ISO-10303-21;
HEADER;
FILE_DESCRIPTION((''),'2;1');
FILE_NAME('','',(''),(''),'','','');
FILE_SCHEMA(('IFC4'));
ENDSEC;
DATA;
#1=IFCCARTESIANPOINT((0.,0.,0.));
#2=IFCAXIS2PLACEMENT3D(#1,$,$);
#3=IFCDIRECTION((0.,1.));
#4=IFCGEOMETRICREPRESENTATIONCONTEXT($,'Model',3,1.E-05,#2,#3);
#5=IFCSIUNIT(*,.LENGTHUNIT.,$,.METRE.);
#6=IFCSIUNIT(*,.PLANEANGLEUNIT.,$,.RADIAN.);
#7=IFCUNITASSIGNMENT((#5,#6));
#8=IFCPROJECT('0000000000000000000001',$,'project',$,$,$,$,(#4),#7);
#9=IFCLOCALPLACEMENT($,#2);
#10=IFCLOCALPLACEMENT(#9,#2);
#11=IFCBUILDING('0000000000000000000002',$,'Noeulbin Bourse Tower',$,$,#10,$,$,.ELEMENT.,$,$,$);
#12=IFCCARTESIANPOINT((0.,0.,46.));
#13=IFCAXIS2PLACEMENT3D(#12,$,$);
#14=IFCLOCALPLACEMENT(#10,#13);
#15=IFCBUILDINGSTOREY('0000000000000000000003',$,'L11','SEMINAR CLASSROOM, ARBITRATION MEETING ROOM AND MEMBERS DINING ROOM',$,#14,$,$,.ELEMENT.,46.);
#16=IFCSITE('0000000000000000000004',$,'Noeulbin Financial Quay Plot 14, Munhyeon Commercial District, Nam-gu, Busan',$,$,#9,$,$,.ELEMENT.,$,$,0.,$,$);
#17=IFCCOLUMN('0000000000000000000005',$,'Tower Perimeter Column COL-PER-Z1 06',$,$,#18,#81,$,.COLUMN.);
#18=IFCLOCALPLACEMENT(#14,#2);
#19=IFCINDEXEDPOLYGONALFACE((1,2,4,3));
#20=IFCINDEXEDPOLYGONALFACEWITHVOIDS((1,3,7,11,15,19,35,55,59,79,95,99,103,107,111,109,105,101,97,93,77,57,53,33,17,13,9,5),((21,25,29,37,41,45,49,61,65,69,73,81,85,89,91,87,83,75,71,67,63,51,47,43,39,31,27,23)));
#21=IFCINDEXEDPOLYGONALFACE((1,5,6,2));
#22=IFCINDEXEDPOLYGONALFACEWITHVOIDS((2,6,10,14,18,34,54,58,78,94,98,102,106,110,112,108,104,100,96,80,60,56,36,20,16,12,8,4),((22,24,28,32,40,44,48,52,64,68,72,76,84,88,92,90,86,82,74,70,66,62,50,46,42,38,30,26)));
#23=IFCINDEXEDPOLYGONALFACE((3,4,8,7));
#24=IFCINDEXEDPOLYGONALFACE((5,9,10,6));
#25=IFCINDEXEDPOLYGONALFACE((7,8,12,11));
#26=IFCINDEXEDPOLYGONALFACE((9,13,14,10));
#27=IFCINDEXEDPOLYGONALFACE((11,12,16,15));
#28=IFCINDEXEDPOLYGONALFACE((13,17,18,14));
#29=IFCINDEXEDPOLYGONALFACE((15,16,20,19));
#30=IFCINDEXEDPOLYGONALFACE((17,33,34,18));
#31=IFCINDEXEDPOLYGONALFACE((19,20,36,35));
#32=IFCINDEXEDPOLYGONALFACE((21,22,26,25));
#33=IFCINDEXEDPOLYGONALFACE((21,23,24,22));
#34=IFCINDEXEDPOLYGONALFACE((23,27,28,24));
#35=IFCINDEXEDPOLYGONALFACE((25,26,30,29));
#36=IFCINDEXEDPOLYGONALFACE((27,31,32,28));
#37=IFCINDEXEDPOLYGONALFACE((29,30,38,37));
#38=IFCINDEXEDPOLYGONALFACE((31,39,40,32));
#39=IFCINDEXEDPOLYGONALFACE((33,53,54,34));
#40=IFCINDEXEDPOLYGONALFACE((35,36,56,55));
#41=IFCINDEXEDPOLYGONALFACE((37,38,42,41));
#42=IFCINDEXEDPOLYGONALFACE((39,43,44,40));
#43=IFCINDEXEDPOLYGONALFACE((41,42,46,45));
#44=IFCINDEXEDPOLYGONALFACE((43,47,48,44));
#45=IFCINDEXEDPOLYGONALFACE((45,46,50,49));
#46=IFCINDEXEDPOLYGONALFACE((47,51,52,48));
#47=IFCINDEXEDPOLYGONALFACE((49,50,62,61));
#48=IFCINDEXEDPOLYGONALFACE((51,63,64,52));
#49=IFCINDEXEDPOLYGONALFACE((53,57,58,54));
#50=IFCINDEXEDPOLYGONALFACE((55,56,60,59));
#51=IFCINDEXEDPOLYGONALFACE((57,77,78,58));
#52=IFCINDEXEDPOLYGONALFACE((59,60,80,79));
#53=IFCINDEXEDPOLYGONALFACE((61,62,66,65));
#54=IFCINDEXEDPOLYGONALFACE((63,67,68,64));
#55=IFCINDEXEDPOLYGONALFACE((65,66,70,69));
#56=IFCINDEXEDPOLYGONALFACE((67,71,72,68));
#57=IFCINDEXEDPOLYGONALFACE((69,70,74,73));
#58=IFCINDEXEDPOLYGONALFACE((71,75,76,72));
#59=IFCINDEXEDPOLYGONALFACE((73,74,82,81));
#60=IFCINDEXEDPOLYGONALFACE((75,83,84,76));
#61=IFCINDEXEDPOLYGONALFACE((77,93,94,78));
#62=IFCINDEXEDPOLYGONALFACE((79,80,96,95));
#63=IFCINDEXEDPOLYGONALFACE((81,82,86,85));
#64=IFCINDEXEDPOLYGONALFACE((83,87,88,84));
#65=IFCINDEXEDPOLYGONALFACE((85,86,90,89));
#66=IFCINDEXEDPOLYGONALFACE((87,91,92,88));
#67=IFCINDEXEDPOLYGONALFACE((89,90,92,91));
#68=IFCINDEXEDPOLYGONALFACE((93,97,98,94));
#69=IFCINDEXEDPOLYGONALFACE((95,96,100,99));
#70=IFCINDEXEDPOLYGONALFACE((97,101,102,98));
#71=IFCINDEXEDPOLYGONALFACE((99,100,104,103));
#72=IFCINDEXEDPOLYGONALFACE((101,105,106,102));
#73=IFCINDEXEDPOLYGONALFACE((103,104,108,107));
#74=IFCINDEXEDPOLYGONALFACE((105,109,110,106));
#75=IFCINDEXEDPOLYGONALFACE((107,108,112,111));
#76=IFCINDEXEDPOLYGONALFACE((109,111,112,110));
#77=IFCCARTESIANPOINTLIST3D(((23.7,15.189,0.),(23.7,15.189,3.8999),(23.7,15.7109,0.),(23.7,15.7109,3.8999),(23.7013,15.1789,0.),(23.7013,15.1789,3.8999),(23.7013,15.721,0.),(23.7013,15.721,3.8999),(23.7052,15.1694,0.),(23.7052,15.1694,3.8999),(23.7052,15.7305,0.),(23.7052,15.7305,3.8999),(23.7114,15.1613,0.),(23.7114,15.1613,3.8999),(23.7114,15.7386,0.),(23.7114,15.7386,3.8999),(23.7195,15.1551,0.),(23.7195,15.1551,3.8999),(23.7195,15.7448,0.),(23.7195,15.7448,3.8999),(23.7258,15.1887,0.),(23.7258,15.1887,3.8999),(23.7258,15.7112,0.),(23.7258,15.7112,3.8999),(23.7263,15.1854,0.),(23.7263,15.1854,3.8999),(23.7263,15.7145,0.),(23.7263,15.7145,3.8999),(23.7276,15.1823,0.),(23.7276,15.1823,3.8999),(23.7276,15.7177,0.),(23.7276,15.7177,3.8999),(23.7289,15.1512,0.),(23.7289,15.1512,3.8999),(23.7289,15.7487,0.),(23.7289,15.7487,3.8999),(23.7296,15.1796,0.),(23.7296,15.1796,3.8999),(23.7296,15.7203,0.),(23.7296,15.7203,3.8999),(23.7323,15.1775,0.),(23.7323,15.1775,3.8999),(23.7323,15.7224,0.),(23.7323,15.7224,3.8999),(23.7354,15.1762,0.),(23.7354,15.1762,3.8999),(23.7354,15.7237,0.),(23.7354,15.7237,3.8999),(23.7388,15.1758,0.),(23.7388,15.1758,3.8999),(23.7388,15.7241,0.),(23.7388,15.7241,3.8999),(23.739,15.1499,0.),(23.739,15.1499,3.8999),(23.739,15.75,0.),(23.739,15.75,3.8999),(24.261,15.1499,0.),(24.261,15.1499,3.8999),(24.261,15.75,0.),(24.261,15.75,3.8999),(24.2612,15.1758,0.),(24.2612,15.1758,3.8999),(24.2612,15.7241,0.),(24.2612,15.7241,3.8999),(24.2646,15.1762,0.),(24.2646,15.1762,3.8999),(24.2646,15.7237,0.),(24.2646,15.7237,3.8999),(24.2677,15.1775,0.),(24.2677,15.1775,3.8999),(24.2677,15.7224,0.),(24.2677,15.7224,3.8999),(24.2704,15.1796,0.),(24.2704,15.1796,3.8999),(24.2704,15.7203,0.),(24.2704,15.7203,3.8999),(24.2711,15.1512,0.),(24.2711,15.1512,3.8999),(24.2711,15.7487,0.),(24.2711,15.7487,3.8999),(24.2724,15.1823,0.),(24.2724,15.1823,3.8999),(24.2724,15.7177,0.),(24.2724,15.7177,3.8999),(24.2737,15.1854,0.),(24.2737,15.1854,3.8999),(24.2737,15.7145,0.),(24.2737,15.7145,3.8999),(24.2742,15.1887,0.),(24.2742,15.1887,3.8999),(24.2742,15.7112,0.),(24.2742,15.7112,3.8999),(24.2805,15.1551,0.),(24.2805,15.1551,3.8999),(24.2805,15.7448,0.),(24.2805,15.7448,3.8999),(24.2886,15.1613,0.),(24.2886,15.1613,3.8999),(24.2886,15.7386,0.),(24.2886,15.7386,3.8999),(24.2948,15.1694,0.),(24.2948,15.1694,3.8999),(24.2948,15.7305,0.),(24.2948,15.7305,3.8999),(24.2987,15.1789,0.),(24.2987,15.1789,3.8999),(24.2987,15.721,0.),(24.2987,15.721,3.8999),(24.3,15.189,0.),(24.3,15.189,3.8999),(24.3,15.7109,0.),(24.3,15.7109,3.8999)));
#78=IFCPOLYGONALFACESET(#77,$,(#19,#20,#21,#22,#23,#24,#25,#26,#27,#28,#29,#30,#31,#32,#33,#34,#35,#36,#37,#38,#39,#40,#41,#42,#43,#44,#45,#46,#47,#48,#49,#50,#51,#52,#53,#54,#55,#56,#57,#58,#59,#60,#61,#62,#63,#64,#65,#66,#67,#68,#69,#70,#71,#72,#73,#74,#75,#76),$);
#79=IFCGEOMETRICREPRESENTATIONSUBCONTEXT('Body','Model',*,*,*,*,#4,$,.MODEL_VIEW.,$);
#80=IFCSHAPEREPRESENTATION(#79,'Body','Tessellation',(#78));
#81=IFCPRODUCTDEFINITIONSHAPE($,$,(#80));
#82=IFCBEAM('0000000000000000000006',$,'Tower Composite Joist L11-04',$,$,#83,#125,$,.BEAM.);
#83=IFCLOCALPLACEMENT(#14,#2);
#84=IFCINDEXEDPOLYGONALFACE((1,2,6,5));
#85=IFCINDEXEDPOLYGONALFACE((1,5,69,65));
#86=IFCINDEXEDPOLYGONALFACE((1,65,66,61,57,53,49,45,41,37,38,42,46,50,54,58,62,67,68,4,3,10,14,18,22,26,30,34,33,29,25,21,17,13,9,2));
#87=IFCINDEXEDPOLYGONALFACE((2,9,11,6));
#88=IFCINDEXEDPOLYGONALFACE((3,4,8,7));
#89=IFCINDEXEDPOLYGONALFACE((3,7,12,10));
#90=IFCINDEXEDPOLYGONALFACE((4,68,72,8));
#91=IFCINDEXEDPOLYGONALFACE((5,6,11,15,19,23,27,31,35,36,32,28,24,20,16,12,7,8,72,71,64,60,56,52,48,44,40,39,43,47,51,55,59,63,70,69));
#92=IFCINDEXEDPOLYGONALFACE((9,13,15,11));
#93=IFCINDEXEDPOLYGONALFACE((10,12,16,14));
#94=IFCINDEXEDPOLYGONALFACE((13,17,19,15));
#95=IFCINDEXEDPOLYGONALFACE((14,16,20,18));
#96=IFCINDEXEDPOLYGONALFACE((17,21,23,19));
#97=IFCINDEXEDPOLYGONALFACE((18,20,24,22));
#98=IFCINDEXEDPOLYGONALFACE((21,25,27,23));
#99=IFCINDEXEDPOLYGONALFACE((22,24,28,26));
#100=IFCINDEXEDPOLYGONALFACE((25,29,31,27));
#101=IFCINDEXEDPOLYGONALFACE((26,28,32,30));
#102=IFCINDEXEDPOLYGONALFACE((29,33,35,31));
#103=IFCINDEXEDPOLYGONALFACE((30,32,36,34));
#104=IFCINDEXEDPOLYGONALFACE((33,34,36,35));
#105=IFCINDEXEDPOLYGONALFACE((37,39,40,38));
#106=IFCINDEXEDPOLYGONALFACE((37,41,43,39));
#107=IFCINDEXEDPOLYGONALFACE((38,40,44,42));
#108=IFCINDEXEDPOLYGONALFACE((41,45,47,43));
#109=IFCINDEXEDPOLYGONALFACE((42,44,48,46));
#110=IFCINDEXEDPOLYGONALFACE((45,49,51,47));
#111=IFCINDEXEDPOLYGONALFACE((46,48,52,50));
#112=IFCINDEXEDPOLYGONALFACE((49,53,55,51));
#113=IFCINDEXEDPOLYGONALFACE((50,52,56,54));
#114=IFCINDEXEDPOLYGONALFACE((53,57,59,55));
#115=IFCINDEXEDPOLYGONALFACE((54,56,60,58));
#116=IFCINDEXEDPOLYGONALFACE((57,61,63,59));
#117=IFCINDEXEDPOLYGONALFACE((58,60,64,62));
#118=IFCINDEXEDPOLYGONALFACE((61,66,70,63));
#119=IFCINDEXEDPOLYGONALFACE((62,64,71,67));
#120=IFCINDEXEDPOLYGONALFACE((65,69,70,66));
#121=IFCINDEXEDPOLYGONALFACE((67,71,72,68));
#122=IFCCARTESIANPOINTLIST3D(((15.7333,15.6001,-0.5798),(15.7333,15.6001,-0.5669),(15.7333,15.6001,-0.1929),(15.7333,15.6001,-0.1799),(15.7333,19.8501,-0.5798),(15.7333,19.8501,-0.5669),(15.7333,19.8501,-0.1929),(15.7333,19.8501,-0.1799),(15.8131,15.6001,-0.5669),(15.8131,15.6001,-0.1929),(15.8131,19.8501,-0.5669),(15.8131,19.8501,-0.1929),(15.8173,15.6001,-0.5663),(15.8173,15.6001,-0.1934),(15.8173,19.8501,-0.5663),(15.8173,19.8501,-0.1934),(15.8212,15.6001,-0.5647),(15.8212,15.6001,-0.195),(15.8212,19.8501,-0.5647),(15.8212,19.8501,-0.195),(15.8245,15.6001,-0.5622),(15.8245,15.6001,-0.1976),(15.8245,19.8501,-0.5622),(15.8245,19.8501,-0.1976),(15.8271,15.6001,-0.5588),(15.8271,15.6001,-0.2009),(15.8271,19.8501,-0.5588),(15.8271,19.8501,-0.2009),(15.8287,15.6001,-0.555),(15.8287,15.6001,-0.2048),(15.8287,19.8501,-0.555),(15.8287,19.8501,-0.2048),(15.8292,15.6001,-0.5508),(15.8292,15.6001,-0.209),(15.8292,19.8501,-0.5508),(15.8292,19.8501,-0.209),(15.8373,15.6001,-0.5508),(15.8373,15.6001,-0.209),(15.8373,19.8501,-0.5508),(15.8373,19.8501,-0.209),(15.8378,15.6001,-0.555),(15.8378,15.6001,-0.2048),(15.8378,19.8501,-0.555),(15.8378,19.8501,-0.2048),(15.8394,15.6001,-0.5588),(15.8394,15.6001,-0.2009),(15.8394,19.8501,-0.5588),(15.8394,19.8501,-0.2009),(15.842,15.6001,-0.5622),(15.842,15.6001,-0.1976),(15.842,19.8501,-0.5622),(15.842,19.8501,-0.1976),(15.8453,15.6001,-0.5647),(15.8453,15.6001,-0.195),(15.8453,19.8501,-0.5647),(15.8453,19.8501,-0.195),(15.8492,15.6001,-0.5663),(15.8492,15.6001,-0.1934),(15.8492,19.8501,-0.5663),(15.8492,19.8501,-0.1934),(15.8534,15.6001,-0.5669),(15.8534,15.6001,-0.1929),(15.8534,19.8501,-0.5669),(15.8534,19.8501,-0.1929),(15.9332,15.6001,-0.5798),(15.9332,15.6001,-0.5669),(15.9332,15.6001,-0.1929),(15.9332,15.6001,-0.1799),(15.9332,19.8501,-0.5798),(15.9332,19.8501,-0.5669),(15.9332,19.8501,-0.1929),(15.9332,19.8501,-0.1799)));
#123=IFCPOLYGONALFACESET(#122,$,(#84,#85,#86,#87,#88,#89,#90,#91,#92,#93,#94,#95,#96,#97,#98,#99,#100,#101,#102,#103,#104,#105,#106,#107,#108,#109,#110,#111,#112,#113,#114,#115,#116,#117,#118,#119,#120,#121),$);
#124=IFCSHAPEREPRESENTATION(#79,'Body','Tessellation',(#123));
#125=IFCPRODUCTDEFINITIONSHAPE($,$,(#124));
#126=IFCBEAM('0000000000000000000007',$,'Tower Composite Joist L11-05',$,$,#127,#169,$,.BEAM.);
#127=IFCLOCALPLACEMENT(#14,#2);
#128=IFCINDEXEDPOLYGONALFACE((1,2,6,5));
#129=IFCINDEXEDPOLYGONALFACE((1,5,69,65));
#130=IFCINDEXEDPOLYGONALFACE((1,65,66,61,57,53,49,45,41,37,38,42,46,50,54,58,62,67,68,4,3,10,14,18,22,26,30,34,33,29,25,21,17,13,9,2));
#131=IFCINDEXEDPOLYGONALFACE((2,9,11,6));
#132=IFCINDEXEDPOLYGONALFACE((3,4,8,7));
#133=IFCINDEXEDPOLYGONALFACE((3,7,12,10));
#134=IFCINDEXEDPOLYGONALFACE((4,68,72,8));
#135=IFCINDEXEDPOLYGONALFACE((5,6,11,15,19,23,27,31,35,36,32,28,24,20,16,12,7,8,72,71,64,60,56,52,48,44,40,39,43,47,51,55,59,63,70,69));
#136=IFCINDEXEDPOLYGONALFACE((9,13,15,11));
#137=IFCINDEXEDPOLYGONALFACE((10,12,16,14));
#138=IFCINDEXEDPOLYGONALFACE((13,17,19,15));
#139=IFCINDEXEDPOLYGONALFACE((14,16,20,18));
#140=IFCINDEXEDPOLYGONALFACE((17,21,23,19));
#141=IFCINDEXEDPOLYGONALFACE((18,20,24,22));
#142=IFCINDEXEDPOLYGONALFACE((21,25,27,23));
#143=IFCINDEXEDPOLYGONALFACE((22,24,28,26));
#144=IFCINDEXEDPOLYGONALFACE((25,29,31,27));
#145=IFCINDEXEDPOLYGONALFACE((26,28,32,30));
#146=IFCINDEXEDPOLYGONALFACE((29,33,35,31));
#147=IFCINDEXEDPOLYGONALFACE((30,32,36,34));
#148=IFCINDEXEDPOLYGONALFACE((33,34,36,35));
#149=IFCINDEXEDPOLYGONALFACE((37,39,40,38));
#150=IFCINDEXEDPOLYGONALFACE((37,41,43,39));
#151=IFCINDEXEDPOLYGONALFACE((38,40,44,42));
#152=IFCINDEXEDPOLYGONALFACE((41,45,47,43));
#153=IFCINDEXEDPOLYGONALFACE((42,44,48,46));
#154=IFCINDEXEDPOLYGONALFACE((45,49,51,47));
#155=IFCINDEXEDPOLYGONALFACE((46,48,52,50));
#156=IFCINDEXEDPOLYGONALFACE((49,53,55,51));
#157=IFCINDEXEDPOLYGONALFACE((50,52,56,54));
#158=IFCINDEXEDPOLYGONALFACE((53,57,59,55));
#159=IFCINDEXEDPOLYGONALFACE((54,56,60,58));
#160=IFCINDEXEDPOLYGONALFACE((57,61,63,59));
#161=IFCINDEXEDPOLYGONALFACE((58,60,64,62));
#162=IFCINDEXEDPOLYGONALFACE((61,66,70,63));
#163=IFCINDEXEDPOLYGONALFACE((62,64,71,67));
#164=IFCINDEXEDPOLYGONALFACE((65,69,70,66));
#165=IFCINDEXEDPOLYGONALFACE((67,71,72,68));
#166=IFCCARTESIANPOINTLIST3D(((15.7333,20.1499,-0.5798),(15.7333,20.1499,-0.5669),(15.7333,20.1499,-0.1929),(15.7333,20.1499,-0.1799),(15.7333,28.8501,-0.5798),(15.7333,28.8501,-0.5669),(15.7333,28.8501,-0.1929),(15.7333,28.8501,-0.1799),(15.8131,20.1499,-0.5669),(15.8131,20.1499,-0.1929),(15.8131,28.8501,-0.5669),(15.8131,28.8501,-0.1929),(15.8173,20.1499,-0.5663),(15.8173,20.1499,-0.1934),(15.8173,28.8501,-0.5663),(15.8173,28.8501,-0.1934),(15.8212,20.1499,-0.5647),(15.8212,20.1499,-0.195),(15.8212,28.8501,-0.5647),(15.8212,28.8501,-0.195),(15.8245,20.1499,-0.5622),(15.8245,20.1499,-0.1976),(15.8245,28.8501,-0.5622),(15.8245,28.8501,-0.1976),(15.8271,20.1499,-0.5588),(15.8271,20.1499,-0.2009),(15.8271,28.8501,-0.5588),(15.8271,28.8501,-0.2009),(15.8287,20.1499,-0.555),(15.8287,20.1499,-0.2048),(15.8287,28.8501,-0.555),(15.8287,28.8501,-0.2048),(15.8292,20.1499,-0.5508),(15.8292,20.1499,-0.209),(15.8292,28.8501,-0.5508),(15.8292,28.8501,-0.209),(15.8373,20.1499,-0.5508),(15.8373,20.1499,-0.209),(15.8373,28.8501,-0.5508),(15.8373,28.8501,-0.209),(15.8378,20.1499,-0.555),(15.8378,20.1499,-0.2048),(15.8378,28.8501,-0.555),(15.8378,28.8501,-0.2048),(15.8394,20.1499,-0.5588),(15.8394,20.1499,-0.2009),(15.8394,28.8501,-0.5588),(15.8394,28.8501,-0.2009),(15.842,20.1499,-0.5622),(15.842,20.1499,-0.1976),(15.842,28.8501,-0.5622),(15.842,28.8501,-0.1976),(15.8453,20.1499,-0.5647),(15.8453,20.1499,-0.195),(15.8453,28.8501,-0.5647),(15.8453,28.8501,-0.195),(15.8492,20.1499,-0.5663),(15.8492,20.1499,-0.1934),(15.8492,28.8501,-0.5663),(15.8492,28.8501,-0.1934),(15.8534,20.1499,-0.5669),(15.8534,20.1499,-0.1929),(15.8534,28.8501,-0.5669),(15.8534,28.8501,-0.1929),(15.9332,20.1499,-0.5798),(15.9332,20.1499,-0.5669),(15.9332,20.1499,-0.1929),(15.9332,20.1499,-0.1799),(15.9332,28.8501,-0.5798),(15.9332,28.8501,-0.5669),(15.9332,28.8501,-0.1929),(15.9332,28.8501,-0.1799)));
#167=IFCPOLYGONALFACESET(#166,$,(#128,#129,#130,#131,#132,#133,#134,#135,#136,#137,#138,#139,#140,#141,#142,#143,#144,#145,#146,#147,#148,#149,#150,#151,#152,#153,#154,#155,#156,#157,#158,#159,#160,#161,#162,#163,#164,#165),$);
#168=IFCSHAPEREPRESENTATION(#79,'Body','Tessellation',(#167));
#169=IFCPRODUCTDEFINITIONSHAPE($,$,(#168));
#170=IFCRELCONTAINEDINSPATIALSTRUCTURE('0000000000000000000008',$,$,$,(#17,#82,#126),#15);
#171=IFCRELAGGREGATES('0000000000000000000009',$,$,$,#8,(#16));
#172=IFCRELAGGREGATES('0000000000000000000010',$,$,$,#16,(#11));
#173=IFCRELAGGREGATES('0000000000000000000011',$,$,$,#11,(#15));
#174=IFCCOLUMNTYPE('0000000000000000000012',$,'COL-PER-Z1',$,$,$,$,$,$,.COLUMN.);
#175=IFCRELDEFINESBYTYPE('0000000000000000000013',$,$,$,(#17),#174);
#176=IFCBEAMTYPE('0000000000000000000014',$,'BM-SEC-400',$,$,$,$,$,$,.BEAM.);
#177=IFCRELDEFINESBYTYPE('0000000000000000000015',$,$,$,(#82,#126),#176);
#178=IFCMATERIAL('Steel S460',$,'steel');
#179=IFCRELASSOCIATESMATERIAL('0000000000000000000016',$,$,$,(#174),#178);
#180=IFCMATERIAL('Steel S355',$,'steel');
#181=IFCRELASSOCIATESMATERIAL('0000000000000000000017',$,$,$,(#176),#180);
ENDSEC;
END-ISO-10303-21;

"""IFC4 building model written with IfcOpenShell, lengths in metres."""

from ifc_helpers import new_model, si_unit, direction, frame, origin, origin_2d, place, context, subcontext, project, spatial, hollow_rectangle, i_section, extrude, material, material_profile, profile_set, type_object, element, save


model = new_model("IFC4")

# Units and contexts
model_context = context("Model", 3, precision=1e-05, world=origin(), true_north=direction((0.0, 1.0)))
body_context = subcontext(model_context, "Body", "Model", "MODEL_VIEW")
ifc_project = project(units=[si_unit("LENGTHUNIT", "METRE"), si_unit("PLANEANGLEUNIT", "RADIAN")], contexts=[model_context])

# Site, building, storey
site_placement = place(None, origin())
site = spatial("IfcSite", under=ifc_project, at=site_placement, Name="Noeulbin Financial Quay Plot 14, Munhyeon Commercial District, Nam-gu, Busan", CompositionType="ELEMENT", RefElevation=0.0)
building_placement = place(site_placement, origin())
building = spatial("IfcBuilding", under=site, at=building_placement, Name="Noeulbin Bourse Tower", CompositionType="ELEMENT")
storey_placement = place(building_placement, frame((0.0, 0.0, 46.0)))
storey = spatial("IfcBuildingStorey", under=building, at=storey_placement, Name="L11", Description="SEMINAR CLASSROOM, ARBITRATION MEETING ROOM AND MEMBERS DINING ROOM", CompositionType="ELEMENT", Elevation=46.0)

# Column
ifc_material_1 = material(Name="Steel S460", Category="steel")
ifc_material_profile_1 = material_profile(ifc_material_1, hollow_rectangle(XDim=0.6001, YDim=0.6001, WallThickness=0.0259, InnerFilletRadius=0.0129, OuterFilletRadius=0.0391, at=origin_2d()), Name="BOX-600x600x26", Category="LoadBearing")
ifc_profile_set_1 = profile_set([ifc_material_profile_1], Name="Steel S460")
column_type = type_object("IfcColumnType", Name="COL-PER-Z1", PredefinedType="COLUMN", material=ifc_profile_set_1)
column_placement = place(storey_placement, frame((24.0, 15.45, 0.0), z_axis=(0.0, 0.0, 1.0), x_axis=(1.0, 0.0, 0.0)))
element("IfcColumn", 1, at=column_placement, inside=storey, type_object=column_type, Name="Tower Perimeter Column COL-PER-Z1 06", PredefinedType="COLUMN", context=body_context, shape_type="SweptSolid", body=[
    extrude(hollow_rectangle(XDim=0.6001, YDim=0.6001, WallThickness=0.0259, InnerFilletRadius=0.0129, OuterFilletRadius=0.0391, at=origin_2d()), origin(), (0.0, 0.0, 1.0), 3.8999),
])

# Beams
ifc_material_2 = material(Name="Steel S355", Category="steel")
ifc_material_profile_2 = material_profile(ifc_material_2, i_section(OverallWidth=0.2, OverallDepth=0.3999, WebThickness=0.0081, FlangeThickness=0.0129, FilletRadius=0.0161, at=origin_2d()), Name="H-400x200x8x13", Category="LoadBearing")
ifc_profile_set_2 = profile_set([ifc_material_profile_2], Name="Steel S355")
beam_type = type_object("IfcBeamType", Name="BM-SEC-400", PredefinedType="BEAM", material=ifc_profile_set_2)
beam_1_placement = place(storey_placement, frame((15.8333, 15.6001, -0.3799), z_axis=(0.0, 1.0, 0.0), x_axis=(-1.0, 0.0, 0.0)))
element("IfcBeam", 2, at=beam_1_placement, inside=storey, type_object=beam_type, Name="Tower Composite Joist L11-04", PredefinedType="BEAM", context=body_context, shape_type="SweptSolid", body=[
    extrude(i_section(OverallWidth=0.2, OverallDepth=0.3999, WebThickness=0.0081, FlangeThickness=0.0129, FilletRadius=0.0161, at=origin_2d()), origin(), (0.0, 0.0, 1.0), 4.25),
])
beam_2_placement = place(storey_placement, frame((15.8333, 20.1499, -0.3799), z_axis=(0.0, 1.0, 0.0), x_axis=(-1.0, 0.0, 0.0)))
element("IfcBeam", 3, at=beam_2_placement, inside=storey, type_object=beam_type, Name="Tower Composite Joist L11-05", PredefinedType="BEAM", context=body_context, shape_type="SweptSolid", body=[
    extrude(i_section(OverallWidth=0.2, OverallDepth=0.3999, WebThickness=0.0081, FlangeThickness=0.0129, FilletRadius=0.0161, at=origin_2d()), origin(), (0.0, 0.0, 1.0), 8.7002),
])

save(model, "model.ifc")
